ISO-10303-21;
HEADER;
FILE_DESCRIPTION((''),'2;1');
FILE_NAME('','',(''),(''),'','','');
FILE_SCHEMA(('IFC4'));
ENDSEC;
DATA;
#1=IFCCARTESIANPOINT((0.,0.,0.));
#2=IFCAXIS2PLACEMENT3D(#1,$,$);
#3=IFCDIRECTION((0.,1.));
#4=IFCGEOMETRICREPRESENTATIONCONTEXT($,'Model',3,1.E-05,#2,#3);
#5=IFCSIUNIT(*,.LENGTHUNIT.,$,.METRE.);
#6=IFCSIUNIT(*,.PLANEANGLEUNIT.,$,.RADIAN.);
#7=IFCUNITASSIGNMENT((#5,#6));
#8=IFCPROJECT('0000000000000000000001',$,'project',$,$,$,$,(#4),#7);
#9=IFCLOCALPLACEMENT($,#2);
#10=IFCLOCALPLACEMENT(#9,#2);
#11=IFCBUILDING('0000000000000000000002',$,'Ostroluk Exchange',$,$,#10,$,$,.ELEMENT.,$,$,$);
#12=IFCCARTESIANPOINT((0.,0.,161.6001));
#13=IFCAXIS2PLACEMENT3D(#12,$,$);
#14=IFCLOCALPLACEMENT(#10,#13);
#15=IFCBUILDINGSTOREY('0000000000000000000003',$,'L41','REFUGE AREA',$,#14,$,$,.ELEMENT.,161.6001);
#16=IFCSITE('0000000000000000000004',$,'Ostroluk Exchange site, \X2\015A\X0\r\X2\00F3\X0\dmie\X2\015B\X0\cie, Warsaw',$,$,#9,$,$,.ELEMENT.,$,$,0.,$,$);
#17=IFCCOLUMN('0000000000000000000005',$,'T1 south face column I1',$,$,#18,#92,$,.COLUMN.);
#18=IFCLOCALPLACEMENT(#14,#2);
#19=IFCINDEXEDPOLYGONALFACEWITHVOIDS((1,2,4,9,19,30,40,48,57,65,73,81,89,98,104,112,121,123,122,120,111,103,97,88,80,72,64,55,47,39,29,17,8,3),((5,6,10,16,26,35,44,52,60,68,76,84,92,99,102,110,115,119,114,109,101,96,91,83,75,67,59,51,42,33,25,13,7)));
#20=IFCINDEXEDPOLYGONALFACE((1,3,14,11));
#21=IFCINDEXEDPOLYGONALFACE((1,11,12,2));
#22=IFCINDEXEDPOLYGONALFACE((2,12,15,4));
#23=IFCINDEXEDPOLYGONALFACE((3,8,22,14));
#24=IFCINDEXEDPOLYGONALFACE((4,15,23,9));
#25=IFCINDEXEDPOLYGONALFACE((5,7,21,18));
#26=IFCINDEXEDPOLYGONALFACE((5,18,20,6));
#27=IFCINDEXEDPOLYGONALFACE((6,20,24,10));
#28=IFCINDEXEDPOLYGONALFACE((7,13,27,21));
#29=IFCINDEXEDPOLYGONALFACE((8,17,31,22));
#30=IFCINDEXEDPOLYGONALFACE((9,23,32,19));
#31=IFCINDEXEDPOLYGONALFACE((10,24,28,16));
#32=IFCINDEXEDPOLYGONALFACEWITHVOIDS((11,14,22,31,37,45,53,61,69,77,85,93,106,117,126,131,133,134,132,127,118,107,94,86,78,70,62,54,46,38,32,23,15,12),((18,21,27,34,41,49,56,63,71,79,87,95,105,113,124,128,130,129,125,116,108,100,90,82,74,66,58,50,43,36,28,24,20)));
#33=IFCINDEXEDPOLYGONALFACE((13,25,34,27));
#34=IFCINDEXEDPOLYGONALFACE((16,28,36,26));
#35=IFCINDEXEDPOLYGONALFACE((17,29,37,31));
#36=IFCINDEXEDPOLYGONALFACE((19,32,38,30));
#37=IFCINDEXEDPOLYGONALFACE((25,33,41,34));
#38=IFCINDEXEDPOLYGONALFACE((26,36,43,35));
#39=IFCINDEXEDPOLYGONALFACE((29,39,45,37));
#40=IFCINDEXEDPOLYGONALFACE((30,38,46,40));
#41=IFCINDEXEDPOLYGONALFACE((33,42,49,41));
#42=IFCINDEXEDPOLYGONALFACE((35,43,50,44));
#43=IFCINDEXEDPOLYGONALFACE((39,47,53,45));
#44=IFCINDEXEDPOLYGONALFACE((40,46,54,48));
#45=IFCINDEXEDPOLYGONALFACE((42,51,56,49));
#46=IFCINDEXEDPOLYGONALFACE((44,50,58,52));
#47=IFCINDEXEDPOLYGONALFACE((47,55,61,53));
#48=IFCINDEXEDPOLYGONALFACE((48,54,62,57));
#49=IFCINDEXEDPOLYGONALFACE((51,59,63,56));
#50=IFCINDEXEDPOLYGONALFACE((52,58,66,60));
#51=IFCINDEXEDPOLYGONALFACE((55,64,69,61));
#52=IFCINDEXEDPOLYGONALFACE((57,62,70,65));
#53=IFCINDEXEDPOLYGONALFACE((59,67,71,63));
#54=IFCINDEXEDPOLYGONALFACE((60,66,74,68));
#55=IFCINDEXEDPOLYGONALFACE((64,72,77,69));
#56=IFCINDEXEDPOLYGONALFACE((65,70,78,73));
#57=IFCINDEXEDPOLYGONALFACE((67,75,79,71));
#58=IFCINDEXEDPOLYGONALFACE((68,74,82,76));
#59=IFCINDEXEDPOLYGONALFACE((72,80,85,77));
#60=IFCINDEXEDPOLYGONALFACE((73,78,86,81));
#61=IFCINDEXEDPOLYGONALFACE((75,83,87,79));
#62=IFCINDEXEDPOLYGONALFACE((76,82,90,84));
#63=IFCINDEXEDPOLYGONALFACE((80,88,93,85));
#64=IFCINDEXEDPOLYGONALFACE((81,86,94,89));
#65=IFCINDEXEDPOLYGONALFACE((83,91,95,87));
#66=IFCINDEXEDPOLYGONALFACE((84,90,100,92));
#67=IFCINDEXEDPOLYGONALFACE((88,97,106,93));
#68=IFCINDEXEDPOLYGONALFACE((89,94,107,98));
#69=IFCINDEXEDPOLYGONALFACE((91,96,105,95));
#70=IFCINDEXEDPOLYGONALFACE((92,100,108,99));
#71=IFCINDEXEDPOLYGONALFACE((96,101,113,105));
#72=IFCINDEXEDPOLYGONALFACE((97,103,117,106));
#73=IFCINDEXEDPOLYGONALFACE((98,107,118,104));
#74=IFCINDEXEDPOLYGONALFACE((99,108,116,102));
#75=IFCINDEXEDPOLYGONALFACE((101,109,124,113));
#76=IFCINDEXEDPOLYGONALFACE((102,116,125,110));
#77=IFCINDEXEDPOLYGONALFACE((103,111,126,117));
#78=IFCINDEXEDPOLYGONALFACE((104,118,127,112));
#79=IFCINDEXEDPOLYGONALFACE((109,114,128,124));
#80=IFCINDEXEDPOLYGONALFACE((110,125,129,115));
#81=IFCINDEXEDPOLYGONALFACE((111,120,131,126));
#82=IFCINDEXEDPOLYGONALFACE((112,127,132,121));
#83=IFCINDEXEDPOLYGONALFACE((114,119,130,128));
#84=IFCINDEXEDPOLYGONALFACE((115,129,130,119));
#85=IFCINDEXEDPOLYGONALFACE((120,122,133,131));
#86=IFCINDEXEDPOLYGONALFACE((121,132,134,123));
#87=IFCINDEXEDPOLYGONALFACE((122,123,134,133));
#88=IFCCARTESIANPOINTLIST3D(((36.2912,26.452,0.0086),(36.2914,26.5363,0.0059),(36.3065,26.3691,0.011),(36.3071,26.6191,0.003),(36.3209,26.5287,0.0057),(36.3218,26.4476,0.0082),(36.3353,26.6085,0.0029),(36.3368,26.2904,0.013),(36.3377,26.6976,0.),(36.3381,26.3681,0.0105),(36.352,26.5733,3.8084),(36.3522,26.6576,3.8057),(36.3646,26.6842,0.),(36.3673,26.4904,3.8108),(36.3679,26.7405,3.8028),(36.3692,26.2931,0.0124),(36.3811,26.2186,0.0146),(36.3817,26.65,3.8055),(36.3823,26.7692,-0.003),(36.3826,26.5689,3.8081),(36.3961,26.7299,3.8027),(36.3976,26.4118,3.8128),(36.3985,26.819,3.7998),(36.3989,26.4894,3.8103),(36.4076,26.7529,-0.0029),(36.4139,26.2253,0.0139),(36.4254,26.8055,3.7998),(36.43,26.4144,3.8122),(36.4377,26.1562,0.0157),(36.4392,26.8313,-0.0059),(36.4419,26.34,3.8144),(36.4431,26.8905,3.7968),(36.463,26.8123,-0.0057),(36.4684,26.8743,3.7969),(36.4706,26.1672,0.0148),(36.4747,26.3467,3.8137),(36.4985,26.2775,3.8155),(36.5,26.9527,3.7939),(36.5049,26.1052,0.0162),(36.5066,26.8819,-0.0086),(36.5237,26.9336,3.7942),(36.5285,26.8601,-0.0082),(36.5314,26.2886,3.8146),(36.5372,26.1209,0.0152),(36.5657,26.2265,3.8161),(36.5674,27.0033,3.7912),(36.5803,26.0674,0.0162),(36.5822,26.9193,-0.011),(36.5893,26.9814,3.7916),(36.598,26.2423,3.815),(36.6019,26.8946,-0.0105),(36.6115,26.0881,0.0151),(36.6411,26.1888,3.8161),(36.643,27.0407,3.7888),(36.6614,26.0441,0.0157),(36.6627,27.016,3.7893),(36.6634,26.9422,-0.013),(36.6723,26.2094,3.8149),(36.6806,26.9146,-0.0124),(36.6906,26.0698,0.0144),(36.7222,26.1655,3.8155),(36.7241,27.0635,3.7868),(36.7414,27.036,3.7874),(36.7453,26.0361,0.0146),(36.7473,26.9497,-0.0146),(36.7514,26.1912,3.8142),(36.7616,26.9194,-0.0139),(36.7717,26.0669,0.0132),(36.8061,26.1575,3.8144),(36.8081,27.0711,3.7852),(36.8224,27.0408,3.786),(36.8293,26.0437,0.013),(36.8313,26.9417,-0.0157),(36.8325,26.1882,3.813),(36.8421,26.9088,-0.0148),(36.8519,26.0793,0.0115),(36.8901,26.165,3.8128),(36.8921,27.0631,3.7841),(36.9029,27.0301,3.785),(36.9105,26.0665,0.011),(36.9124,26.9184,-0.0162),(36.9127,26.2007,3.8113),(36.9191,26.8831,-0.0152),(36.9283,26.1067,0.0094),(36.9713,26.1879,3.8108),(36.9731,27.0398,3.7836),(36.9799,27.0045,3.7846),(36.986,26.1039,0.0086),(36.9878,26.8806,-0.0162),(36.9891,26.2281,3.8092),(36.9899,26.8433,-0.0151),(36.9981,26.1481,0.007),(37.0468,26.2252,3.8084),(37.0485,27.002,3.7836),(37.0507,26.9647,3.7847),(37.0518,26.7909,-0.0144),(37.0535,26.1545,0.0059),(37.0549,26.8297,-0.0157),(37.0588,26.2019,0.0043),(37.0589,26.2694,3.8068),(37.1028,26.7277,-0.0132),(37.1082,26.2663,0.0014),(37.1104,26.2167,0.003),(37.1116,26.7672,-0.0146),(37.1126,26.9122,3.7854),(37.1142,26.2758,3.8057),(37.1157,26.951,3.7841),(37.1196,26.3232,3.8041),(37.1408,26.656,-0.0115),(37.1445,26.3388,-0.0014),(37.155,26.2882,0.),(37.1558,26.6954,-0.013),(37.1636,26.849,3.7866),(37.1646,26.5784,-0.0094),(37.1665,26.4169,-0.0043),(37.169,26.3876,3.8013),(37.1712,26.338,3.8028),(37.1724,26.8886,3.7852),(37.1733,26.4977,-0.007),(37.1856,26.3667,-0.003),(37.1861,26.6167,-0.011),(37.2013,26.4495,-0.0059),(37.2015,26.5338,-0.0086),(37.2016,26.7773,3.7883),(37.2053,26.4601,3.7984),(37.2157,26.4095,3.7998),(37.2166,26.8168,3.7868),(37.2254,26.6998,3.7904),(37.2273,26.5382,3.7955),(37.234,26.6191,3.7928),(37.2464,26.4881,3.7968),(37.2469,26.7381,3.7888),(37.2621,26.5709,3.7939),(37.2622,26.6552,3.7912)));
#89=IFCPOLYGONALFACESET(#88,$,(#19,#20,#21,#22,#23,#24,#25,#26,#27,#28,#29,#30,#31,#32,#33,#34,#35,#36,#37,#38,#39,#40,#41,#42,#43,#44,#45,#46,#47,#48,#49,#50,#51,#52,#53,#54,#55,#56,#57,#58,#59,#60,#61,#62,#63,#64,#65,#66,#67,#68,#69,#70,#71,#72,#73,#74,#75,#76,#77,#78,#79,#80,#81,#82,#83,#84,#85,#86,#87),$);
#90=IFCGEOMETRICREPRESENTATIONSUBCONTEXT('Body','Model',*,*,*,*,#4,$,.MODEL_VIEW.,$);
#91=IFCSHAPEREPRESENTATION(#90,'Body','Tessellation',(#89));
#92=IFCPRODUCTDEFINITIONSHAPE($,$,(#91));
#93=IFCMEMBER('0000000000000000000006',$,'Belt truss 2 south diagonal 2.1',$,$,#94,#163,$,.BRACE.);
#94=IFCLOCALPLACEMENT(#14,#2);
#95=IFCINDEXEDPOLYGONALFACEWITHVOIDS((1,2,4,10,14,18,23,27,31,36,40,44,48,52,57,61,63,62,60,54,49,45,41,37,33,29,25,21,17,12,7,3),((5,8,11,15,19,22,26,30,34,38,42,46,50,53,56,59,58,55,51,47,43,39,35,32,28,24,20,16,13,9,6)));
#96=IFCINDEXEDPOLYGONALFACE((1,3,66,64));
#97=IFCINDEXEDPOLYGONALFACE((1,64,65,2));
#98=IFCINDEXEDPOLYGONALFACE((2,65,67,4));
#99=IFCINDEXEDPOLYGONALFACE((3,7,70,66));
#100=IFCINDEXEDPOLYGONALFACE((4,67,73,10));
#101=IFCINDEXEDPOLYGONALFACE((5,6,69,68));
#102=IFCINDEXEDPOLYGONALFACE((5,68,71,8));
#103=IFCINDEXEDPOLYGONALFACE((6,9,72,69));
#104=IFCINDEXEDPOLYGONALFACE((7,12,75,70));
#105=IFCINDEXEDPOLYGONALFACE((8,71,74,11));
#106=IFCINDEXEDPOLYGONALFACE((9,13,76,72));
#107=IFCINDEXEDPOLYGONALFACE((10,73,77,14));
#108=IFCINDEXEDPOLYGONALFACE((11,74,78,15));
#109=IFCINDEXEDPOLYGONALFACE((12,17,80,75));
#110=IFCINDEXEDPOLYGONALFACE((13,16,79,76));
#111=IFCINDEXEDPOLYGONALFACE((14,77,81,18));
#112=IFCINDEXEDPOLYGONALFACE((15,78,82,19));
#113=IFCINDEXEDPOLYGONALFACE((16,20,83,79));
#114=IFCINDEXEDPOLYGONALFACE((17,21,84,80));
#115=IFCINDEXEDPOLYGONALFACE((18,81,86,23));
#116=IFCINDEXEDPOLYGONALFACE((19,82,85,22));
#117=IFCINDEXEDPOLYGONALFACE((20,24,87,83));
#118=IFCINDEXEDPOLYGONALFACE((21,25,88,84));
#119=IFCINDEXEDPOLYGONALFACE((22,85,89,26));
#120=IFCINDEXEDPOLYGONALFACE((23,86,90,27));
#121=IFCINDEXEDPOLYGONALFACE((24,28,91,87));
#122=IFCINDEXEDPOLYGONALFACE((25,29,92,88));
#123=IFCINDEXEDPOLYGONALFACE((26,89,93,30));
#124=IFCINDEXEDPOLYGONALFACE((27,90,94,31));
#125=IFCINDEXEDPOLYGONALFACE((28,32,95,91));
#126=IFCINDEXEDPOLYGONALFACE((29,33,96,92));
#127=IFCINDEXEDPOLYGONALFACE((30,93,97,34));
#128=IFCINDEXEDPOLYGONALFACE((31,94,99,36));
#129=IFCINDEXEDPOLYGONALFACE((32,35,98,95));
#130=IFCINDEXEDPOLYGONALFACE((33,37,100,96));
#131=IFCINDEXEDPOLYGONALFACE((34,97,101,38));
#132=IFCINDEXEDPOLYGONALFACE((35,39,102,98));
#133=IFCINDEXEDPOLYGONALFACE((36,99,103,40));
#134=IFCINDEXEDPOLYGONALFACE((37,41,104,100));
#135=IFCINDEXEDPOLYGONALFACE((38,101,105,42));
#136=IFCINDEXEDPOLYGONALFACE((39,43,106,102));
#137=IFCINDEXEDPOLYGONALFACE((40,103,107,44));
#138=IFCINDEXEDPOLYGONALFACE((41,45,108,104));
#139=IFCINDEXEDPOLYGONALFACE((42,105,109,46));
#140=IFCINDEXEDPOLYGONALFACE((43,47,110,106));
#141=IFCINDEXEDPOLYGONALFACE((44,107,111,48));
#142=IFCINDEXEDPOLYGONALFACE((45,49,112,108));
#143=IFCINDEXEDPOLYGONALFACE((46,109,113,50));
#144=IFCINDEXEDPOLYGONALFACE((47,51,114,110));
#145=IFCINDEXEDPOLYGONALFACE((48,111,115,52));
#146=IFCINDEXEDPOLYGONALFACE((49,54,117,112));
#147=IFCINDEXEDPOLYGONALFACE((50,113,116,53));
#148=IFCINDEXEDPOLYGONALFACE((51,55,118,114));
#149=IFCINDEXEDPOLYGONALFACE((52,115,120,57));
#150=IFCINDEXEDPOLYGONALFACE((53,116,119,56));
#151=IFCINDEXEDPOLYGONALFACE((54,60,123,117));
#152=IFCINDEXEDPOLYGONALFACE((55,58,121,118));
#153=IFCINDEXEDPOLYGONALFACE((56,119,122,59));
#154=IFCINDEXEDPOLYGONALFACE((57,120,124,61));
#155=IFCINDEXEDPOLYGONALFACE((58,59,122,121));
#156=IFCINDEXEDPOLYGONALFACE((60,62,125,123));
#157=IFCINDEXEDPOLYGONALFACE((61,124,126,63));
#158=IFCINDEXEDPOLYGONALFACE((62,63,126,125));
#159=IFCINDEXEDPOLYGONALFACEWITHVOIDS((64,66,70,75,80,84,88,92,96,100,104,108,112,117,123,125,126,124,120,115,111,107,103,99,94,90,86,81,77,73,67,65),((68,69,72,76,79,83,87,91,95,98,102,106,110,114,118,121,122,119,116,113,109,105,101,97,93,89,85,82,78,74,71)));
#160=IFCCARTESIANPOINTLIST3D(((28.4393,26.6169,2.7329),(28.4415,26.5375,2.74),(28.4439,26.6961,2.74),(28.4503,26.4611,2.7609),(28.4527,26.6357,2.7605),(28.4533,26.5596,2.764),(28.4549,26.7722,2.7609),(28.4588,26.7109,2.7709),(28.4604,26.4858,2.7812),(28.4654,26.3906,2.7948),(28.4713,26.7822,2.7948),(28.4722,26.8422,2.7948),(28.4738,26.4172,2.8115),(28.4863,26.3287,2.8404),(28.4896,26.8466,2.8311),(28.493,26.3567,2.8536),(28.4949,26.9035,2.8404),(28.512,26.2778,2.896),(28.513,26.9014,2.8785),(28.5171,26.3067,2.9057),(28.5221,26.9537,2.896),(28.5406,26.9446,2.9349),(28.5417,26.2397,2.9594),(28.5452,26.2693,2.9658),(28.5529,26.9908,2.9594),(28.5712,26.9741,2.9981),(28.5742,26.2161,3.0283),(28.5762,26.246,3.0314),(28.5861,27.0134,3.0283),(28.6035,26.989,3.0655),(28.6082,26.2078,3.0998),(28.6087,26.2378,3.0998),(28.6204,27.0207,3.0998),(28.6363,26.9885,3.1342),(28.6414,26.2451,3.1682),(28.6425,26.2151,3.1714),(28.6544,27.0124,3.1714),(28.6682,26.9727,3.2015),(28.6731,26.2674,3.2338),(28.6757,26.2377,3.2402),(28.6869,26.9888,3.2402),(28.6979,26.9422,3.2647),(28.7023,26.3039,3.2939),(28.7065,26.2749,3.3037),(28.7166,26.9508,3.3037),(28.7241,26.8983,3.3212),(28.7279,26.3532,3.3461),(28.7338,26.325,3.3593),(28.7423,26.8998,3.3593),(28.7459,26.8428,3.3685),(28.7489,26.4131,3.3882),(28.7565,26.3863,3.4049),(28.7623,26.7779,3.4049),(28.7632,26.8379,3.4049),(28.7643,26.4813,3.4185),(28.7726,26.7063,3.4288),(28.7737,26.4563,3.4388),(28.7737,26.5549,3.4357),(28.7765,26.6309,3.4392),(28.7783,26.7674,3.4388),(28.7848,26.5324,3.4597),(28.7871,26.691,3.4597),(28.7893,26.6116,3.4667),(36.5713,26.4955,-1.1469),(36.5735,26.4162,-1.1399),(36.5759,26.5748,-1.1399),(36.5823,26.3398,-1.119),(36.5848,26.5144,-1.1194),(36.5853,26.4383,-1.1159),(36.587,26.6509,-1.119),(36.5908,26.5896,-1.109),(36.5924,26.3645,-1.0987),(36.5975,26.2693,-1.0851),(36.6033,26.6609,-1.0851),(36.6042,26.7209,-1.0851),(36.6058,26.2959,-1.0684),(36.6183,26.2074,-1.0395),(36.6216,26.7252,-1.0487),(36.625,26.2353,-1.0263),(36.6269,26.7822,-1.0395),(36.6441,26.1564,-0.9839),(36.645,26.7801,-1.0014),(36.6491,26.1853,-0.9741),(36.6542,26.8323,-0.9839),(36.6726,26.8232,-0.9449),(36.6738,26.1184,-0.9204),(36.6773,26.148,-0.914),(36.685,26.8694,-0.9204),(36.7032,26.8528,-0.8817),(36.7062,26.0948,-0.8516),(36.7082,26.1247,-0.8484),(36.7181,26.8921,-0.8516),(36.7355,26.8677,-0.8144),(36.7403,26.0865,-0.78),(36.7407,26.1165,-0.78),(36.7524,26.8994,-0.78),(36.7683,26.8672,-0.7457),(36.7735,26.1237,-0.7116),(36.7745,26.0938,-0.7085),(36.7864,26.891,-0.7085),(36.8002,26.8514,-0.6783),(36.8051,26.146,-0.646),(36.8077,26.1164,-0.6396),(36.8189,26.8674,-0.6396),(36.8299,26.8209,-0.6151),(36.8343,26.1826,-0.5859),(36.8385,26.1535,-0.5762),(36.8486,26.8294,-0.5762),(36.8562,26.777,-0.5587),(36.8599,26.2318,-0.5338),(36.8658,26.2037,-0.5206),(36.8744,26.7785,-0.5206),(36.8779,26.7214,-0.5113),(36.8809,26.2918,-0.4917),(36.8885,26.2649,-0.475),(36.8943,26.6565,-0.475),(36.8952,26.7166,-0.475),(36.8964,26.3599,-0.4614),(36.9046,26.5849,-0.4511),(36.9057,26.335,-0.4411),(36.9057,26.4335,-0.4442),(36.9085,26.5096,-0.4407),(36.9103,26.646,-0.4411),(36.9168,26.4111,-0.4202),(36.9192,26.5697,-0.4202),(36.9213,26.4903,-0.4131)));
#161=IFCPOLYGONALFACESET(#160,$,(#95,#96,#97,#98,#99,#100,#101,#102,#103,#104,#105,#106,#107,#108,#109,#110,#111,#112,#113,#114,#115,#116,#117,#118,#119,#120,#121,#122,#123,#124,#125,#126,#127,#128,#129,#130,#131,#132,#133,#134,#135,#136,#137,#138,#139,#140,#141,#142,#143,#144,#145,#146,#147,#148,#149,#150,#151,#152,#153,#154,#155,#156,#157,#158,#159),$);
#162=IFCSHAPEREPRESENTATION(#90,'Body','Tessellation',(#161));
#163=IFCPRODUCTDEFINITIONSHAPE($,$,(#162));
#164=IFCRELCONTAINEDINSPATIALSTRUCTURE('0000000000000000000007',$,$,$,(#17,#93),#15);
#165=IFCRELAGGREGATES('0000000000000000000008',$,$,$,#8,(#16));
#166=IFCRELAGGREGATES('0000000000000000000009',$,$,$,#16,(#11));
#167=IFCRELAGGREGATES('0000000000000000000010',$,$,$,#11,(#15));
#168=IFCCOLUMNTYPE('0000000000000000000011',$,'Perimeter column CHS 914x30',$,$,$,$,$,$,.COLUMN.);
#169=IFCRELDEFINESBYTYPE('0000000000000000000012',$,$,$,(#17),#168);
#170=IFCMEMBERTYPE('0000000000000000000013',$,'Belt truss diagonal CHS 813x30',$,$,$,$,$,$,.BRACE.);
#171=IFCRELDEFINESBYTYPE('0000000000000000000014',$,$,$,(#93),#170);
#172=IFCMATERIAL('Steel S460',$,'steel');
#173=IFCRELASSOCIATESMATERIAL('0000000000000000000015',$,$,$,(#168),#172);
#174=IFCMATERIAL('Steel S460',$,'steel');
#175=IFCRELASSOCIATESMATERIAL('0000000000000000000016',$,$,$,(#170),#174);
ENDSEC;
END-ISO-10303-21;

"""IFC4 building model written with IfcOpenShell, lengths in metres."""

from ifc_helpers import new_model, si_unit, direction, frame, origin, origin_2d, place, context, subcontext, project, spatial, hollow_circle, extrude, material, material_profile, profile_set, type_object, element, save


model = new_model("IFC4")

# Units and contexts
model_context = context("Model", 3, precision=1e-05, world=origin(), true_north=direction((0.0, 1.0)))
body_context = subcontext(model_context, "Body", "Model", "MODEL_VIEW")
ifc_project = project(units=[si_unit("LENGTHUNIT", "METRE"), si_unit("PLANEANGLEUNIT", "RADIAN")], contexts=[model_context])

# Site, building, storey
site_placement = place(None, origin())
site = spatial("IfcSite", under=ifc_project, at=site_placement, Name="Ostroluk Exchange site, Śródmieście, Warsaw", CompositionType="ELEMENT", RefElevation=0.0)
building_placement = place(site_placement, origin())
building = spatial("IfcBuilding", under=site, at=building_placement, Name="Ostroluk Exchange", CompositionType="ELEMENT")
storey_placement = place(building_placement, frame((0.0, 0.0, 161.6001)))
storey = spatial("IfcBuildingStorey", under=building, at=storey_placement, Name="L41", Description="REFUGE AREA", CompositionType="ELEMENT", Elevation=161.6001)

# Column
ifc_material_1 = material(Name="Steel S460", Category="steel")
ifc_material_profile_1 = material_profile(ifc_material_1, hollow_circle(Radius=0.457, WallThickness=0.03, at=origin_2d()), Name="CHS 914x30")
ifc_profile_set_1 = profile_set([ifc_material_profile_1], Name="Steel S460")
column_type = type_object("IfcColumnType", Name="Perimeter column CHS 914x30", PredefinedType="COLUMN", material=ifc_profile_set_1)
column_placement = place(storey_placement, frame((36.7463, 26.4929, 0.0), z_axis=(0.015988, 0.031912, 0.999363), x_axis=(-0.894067, 0.447933, 0.0)))
element("IfcColumn", 1, at=column_placement, inside=storey, type_object=column_type, Name="T1 south face column I1", PredefinedType="COLUMN", context=body_context, shape_type="SweptSolid", body=[
    extrude(hollow_circle(Radius=0.457, WallThickness=0.03, at=origin_2d()), origin(), (0.0, 0.0, 1.0), 3.8022),
])

# Member
ifc_material_2 = material(Name="Steel S460", Category="steel")
ifc_material_profile_2 = material_profile(ifc_material_2, hollow_circle(Radius=0.4065, WallThickness=0.03, at=origin_2d()), Name="CHS 813x30")
ifc_profile_set_2 = profile_set([ifc_material_profile_2], Name="Steel S460")
member_type_1 = type_object("IfcMemberType", Name="Belt truss diagonal CHS 813x30", PredefinedType="BRACE", material=ifc_profile_set_2)
member_1_placement = place(storey_placement, frame((36.7463, 26.4929, -0.78), z_axis=(-0.902457, 0.013465, 0.43057), x_axis=(-0.014919, -0.999889, 0.0)))
element("IfcMember", 2, at=member_1_placement, inside=storey, type_object=member_type_1, Name="Belt truss 2 south diagonal 2.1", PredefinedType="BRACE", context=body_context, shape_type="SweptSolid", body=[
    extrude(hollow_circle(Radius=0.4065, WallThickness=0.03, at=origin_2d()), origin(), (0.0, 0.0, 1.0), 9.011),
])

save(model, "model.ifc")
